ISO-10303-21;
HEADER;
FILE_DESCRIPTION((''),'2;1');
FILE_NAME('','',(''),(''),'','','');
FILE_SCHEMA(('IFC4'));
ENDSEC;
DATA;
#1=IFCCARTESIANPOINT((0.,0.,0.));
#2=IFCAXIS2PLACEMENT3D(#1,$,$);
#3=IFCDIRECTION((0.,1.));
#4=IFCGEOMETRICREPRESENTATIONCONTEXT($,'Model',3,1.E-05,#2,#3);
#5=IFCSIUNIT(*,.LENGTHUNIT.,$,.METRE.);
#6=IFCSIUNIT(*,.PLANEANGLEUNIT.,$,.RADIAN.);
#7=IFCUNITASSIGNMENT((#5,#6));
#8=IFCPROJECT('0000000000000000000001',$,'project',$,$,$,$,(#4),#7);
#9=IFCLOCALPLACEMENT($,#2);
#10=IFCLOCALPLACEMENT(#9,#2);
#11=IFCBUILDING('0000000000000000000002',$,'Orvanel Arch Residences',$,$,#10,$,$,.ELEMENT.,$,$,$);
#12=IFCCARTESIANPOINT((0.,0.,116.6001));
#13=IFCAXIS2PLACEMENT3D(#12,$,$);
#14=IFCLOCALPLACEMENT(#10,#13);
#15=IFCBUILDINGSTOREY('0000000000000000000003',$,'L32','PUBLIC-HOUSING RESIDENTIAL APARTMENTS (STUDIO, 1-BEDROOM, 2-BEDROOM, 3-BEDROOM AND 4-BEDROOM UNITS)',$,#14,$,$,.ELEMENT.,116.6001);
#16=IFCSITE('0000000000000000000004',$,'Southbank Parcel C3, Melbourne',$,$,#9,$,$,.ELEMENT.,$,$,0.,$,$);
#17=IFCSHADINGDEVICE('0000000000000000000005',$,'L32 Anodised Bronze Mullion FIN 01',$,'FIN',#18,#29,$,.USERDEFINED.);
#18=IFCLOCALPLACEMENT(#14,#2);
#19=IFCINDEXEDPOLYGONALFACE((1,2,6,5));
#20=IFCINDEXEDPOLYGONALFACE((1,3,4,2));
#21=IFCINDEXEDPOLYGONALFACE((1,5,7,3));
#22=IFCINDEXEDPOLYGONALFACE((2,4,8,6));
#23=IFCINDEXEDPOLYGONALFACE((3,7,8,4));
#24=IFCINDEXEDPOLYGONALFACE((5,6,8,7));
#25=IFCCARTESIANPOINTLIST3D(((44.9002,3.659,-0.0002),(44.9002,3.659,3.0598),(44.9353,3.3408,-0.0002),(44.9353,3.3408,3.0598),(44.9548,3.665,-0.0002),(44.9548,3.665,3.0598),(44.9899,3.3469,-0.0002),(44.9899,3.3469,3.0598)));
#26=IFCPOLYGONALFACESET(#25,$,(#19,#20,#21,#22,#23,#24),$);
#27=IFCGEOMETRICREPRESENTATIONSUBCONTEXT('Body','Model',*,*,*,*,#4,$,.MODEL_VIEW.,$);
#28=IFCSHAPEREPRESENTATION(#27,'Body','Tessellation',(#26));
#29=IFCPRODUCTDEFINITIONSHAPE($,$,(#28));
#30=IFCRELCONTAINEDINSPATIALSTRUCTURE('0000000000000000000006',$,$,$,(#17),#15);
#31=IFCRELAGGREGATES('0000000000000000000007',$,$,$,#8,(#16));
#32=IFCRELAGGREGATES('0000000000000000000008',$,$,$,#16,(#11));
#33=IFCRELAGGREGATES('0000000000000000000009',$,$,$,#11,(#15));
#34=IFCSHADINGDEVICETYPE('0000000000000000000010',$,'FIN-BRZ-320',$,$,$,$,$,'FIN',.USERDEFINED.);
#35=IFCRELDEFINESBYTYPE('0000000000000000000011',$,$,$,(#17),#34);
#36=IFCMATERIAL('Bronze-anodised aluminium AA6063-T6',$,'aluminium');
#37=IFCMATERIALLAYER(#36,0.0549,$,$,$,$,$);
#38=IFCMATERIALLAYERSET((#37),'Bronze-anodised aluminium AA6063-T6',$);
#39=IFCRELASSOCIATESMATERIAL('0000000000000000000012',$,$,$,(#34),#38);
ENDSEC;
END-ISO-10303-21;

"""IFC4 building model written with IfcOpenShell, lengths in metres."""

from ifc_helpers import new_model, si_unit, direction, frame, origin, origin_2d, place, context, subcontext, project, spatial, rectangle, extrude, material, layer, layer_set, type_object, element, save


model = new_model("IFC4")

# Units and contexts
model_context = context("Model", 3, precision=1e-05, world=origin(), true_north=direction((0.0, 1.0)))
body_context = subcontext(model_context, "Body", "Model", "MODEL_VIEW")
ifc_project = project(units=[si_unit("LENGTHUNIT", "METRE"), si_unit("PLANEANGLEUNIT", "RADIAN")], contexts=[model_context])

# Site, building, storey
site_placement = place(None, origin())
site = spatial("IfcSite", under=ifc_project, at=site_placement, Name="Southbank Parcel C3, Melbourne", CompositionType="ELEMENT", RefElevation=0.0)
building_placement = place(site_placement, origin())
building = spatial("IfcBuilding", under=site, at=building_placement, Name="Orvanel Arch Residences", CompositionType="ELEMENT")
storey_placement = place(building_placement, frame((0.0, 0.0, 116.6001)))
storey = spatial("IfcBuildingStorey", under=building, at=storey_placement, Name="L32", Description="PUBLIC-HOUSING RESIDENTIAL APARTMENTS (STUDIO, 1-BEDROOM, 2-BEDROOM, 3-BEDROOM AND 4-BEDROOM UNITS)", CompositionType="ELEMENT", Elevation=116.6001)

# Shared definitions
ifc_material_1 = material(Name="Bronze-anodised aluminium AA6063-T6", Category="aluminium")

# Shading device
ifc_layer_1 = layer(ifc_material_1, 0.0549)
ifc_layer_set_1 = layer_set([ifc_layer_1], Name="Bronze-anodised aluminium AA6063-T6")
shading_device_type = type_object("IfcShadingDeviceType", Name="FIN-BRZ-320", ElementType="FIN", PredefinedType="USERDEFINED", material=ifc_layer_set_1)
shading_device_placement = place(storey_placement, frame((44.9451, 3.5029, -0.0002), z_axis=(0.0, 0.0, 1.0), x_axis=(0.109734, -0.993961, 0.0)))
element("IfcShadingDevice", 1, at=shading_device_placement, inside=storey, type_object=shading_device_type, Name="L32 Anodised Bronze Mullion FIN 01", ObjectType="FIN", PredefinedType="USERDEFINED", context=body_context, shape_type="SweptSolid", body=[
    extrude(rectangle(XDim=0.3201, YDim=0.0549, at=origin_2d()), origin(), (0.0, 0.0, 1.0), 3.0601),
])

save(model, "model.ifc")
